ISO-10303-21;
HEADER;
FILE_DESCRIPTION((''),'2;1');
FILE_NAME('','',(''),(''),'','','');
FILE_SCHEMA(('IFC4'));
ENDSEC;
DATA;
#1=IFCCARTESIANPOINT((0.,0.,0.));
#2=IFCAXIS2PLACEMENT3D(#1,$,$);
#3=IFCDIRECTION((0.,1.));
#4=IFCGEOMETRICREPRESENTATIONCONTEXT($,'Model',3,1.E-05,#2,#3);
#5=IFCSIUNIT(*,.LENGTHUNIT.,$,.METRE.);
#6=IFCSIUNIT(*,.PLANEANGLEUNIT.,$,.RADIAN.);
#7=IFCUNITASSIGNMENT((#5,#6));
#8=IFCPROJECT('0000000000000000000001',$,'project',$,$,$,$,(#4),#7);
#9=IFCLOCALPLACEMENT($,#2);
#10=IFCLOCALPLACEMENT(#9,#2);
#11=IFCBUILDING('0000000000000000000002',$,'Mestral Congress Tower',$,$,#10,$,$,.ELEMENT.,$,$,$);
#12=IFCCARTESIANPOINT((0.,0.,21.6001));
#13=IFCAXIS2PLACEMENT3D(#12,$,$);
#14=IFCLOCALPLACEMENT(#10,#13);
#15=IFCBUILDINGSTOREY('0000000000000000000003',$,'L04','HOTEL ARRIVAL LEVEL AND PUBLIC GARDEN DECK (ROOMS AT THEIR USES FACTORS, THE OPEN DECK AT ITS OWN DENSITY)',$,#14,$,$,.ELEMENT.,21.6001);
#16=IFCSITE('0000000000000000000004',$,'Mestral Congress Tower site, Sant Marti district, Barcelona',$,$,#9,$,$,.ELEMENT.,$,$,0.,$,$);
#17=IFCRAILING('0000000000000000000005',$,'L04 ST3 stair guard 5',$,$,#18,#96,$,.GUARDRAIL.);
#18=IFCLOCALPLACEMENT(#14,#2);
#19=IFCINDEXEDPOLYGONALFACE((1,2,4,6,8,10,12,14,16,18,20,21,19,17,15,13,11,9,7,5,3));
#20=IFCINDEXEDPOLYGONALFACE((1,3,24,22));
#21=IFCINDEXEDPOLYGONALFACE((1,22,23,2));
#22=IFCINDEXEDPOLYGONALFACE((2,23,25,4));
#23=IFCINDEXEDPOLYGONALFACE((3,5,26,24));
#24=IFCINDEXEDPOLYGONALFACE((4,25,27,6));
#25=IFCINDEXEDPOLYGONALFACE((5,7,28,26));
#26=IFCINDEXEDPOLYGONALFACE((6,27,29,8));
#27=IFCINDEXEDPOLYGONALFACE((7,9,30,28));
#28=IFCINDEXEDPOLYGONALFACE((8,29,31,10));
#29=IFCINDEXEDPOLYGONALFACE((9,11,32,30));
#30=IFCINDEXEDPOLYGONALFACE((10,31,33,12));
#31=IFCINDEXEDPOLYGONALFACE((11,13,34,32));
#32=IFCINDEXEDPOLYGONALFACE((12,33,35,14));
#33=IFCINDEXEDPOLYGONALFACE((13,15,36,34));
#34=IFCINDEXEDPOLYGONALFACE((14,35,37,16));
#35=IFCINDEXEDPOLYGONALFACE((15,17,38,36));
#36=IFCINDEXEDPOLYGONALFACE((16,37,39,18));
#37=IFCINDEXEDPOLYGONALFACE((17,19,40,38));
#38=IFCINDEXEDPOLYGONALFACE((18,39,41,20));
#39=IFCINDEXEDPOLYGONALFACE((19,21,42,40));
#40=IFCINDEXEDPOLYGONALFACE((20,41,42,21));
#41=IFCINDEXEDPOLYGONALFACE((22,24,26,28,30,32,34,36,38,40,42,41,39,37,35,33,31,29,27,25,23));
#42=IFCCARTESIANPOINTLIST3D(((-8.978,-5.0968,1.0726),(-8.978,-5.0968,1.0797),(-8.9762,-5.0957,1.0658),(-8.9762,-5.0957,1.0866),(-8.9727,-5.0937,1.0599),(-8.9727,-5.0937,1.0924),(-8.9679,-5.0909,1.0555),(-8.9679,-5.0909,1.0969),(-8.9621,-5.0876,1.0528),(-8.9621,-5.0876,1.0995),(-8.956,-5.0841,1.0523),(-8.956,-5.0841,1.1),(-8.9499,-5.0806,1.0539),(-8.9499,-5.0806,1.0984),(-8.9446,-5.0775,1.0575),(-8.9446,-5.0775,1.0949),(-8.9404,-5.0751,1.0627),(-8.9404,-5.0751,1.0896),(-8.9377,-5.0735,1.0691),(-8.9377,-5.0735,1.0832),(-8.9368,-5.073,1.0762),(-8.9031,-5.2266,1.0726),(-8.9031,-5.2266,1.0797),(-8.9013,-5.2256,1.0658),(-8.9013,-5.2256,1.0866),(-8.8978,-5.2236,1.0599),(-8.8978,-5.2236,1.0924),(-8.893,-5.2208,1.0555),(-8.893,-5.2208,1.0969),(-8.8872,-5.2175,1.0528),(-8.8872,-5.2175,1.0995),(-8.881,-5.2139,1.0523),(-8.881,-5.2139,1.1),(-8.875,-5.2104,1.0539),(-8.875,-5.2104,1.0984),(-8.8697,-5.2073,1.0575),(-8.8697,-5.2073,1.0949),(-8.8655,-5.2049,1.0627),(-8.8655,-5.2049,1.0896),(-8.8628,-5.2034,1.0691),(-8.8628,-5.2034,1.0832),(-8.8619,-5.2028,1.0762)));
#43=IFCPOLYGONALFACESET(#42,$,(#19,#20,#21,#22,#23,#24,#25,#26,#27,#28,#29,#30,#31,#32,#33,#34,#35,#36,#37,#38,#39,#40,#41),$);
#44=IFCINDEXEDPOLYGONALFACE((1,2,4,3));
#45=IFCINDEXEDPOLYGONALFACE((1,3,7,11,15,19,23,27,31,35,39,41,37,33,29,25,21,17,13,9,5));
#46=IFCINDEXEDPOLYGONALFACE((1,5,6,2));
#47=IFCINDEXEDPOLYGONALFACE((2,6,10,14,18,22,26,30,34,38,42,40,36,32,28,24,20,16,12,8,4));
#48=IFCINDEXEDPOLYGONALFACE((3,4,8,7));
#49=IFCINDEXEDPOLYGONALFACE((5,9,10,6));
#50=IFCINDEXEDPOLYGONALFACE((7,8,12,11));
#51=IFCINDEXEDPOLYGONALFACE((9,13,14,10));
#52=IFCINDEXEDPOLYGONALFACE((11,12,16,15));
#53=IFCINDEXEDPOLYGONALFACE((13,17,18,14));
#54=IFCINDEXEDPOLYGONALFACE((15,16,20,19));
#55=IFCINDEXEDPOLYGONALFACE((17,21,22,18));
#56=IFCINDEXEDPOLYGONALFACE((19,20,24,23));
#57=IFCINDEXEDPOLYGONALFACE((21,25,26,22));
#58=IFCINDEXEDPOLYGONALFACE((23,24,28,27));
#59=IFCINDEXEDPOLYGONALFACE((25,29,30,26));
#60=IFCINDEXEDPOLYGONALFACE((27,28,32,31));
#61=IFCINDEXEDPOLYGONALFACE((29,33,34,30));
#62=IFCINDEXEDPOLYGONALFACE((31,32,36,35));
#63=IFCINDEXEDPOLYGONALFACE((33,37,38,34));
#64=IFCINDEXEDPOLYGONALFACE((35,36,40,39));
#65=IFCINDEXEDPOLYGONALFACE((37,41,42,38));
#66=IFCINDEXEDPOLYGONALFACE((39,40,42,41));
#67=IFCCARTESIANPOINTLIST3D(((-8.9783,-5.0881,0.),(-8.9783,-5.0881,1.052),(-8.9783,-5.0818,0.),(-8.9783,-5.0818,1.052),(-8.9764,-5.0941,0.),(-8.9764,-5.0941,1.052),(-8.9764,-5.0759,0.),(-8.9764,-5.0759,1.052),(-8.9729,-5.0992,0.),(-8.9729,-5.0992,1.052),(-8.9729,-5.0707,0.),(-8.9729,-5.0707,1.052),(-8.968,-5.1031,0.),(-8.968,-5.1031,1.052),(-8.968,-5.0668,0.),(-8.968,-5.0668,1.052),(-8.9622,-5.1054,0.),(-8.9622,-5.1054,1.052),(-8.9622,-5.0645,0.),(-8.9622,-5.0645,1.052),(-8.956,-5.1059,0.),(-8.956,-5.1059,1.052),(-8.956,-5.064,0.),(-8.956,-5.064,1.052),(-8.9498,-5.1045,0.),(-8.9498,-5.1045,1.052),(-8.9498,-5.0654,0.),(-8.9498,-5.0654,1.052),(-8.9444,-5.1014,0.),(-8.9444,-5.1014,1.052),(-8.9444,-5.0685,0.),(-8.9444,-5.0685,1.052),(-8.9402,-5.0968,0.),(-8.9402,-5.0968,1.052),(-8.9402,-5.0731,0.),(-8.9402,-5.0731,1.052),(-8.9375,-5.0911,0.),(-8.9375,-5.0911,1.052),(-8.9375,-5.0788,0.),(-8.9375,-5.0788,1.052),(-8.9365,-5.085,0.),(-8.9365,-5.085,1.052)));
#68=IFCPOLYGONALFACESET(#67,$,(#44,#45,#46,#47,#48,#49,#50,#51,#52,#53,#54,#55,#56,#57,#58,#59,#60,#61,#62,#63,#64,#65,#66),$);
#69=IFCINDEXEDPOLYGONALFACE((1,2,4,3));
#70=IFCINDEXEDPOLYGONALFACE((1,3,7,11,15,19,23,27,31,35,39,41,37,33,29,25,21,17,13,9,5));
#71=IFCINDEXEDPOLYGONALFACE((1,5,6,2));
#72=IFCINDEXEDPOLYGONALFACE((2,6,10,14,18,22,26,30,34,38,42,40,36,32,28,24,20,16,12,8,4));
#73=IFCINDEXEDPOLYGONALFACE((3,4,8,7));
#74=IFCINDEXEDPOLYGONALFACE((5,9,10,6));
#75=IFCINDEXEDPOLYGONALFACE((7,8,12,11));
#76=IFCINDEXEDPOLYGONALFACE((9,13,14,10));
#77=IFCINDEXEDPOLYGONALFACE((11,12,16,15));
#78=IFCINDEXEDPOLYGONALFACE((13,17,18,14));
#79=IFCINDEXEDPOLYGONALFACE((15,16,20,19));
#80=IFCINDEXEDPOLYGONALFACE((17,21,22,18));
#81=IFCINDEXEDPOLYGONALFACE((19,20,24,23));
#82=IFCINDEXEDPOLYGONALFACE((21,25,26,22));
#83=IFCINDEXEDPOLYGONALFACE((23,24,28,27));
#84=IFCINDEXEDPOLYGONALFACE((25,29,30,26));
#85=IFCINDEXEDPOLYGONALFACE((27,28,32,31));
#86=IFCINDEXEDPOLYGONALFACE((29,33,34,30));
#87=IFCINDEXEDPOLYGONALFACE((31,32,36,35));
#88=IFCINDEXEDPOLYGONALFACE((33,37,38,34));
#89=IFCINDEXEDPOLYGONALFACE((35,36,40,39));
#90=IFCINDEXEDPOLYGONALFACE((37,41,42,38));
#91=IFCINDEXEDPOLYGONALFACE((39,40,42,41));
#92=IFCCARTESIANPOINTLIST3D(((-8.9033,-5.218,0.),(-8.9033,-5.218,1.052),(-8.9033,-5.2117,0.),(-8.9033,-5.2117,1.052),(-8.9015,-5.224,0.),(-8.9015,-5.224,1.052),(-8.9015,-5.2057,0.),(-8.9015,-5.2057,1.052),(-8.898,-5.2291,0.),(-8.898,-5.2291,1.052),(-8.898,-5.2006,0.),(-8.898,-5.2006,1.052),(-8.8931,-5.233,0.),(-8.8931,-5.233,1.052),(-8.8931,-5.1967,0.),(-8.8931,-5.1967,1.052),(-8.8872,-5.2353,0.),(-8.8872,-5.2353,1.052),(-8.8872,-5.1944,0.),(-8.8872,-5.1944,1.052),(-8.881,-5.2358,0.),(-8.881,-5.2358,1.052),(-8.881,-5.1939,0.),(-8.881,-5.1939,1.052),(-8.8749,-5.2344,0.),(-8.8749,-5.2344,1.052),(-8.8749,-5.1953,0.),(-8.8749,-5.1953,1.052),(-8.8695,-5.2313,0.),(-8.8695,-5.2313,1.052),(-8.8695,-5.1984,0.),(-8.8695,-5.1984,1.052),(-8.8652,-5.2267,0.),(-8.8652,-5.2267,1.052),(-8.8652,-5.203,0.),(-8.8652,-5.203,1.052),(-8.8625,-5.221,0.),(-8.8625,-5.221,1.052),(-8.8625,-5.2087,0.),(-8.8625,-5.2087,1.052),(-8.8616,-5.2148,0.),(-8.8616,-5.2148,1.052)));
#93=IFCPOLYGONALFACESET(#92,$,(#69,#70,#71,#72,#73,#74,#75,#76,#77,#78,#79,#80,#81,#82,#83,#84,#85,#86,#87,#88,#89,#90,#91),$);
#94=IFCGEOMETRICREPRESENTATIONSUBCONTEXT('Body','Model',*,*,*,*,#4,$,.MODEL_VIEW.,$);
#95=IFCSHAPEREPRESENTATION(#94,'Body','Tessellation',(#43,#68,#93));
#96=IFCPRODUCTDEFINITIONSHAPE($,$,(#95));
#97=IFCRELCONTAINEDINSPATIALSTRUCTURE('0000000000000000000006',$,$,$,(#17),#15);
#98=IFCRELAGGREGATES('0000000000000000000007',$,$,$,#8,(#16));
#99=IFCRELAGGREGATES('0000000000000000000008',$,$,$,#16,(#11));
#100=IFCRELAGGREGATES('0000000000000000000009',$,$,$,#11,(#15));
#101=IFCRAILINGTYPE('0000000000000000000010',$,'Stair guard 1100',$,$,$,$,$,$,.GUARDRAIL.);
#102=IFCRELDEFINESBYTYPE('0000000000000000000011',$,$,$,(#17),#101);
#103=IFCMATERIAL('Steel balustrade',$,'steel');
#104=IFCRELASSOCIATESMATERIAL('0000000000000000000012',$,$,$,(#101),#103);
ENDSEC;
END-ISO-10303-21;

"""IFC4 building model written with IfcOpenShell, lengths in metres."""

from ifc_helpers import new_model, si_unit, direction, frame, origin, origin_2d, place, context, subcontext, project, spatial, circle, extrude, material, type_object, element, save


model = new_model("IFC4")

# Units and contexts
model_context = context("Model", 3, precision=1e-05, world=origin(), true_north=direction((0.0, 1.0)))
body_context = subcontext(model_context, "Body", "Model", "MODEL_VIEW")
ifc_project = project(units=[si_unit("LENGTHUNIT", "METRE"), si_unit("PLANEANGLEUNIT", "RADIAN")], contexts=[model_context])

# Site, building, storey
site_placement = place(None, origin())
site = spatial("IfcSite", under=ifc_project, at=site_placement, Name="Mestral Congress Tower site, Sant Marti district, Barcelona", CompositionType="ELEMENT", RefElevation=0.0)
building_placement = place(site_placement, origin())
building = spatial("IfcBuilding", under=site, at=building_placement, Name="Mestral Congress Tower", CompositionType="ELEMENT")
storey_placement = place(building_placement, frame((0.0, 0.0, 21.6001)))
storey = spatial("IfcBuildingStorey", under=building, at=storey_placement, Name="L04", Description="HOTEL ARRIVAL LEVEL AND PUBLIC GARDEN DECK (ROOMS AT THEIR USES FACTORS, THE OPEN DECK AT ITS OWN DENSITY)", CompositionType="ELEMENT", Elevation=21.6001)

# Railing
ifc_material_1 = material(Name="Steel balustrade", Category="steel")
railing_type_1 = type_object("IfcRailingType", Name="Stair guard 1100", PredefinedType="GUARDRAIL", material=ifc_material_1)
railing_1_placement = place(storey_placement, frame((-8.9575, -5.085, 0.0)))
element("IfcRailing", 1, at=railing_1_placement, inside=storey, type_object=railing_type_1, Name="L04 ST3 stair guard 5", PredefinedType="GUARDRAIL", context=body_context, shape_type="SweptSolid", body=[
    extrude(circle(Radius=0.0239, at=origin_2d()), frame((0.0, 0.0, 1.0762), z_axis=(0.499816, -0.866131, 0.0), x_axis=(0.866131, 0.499816, 0.0)), (0.0, 0.0, 1.0), 0.1499),
    extrude(circle(Radius=0.021, at=origin_2d()), origin(), (0.0, 0.0, 1.0), 1.052),
    extrude(circle(Radius=0.021, at=origin_2d()), frame((0.075, -0.1299, 0.0)), (0.0, 0.0, 1.0), 1.052),
])

save(model, "model.ifc")
